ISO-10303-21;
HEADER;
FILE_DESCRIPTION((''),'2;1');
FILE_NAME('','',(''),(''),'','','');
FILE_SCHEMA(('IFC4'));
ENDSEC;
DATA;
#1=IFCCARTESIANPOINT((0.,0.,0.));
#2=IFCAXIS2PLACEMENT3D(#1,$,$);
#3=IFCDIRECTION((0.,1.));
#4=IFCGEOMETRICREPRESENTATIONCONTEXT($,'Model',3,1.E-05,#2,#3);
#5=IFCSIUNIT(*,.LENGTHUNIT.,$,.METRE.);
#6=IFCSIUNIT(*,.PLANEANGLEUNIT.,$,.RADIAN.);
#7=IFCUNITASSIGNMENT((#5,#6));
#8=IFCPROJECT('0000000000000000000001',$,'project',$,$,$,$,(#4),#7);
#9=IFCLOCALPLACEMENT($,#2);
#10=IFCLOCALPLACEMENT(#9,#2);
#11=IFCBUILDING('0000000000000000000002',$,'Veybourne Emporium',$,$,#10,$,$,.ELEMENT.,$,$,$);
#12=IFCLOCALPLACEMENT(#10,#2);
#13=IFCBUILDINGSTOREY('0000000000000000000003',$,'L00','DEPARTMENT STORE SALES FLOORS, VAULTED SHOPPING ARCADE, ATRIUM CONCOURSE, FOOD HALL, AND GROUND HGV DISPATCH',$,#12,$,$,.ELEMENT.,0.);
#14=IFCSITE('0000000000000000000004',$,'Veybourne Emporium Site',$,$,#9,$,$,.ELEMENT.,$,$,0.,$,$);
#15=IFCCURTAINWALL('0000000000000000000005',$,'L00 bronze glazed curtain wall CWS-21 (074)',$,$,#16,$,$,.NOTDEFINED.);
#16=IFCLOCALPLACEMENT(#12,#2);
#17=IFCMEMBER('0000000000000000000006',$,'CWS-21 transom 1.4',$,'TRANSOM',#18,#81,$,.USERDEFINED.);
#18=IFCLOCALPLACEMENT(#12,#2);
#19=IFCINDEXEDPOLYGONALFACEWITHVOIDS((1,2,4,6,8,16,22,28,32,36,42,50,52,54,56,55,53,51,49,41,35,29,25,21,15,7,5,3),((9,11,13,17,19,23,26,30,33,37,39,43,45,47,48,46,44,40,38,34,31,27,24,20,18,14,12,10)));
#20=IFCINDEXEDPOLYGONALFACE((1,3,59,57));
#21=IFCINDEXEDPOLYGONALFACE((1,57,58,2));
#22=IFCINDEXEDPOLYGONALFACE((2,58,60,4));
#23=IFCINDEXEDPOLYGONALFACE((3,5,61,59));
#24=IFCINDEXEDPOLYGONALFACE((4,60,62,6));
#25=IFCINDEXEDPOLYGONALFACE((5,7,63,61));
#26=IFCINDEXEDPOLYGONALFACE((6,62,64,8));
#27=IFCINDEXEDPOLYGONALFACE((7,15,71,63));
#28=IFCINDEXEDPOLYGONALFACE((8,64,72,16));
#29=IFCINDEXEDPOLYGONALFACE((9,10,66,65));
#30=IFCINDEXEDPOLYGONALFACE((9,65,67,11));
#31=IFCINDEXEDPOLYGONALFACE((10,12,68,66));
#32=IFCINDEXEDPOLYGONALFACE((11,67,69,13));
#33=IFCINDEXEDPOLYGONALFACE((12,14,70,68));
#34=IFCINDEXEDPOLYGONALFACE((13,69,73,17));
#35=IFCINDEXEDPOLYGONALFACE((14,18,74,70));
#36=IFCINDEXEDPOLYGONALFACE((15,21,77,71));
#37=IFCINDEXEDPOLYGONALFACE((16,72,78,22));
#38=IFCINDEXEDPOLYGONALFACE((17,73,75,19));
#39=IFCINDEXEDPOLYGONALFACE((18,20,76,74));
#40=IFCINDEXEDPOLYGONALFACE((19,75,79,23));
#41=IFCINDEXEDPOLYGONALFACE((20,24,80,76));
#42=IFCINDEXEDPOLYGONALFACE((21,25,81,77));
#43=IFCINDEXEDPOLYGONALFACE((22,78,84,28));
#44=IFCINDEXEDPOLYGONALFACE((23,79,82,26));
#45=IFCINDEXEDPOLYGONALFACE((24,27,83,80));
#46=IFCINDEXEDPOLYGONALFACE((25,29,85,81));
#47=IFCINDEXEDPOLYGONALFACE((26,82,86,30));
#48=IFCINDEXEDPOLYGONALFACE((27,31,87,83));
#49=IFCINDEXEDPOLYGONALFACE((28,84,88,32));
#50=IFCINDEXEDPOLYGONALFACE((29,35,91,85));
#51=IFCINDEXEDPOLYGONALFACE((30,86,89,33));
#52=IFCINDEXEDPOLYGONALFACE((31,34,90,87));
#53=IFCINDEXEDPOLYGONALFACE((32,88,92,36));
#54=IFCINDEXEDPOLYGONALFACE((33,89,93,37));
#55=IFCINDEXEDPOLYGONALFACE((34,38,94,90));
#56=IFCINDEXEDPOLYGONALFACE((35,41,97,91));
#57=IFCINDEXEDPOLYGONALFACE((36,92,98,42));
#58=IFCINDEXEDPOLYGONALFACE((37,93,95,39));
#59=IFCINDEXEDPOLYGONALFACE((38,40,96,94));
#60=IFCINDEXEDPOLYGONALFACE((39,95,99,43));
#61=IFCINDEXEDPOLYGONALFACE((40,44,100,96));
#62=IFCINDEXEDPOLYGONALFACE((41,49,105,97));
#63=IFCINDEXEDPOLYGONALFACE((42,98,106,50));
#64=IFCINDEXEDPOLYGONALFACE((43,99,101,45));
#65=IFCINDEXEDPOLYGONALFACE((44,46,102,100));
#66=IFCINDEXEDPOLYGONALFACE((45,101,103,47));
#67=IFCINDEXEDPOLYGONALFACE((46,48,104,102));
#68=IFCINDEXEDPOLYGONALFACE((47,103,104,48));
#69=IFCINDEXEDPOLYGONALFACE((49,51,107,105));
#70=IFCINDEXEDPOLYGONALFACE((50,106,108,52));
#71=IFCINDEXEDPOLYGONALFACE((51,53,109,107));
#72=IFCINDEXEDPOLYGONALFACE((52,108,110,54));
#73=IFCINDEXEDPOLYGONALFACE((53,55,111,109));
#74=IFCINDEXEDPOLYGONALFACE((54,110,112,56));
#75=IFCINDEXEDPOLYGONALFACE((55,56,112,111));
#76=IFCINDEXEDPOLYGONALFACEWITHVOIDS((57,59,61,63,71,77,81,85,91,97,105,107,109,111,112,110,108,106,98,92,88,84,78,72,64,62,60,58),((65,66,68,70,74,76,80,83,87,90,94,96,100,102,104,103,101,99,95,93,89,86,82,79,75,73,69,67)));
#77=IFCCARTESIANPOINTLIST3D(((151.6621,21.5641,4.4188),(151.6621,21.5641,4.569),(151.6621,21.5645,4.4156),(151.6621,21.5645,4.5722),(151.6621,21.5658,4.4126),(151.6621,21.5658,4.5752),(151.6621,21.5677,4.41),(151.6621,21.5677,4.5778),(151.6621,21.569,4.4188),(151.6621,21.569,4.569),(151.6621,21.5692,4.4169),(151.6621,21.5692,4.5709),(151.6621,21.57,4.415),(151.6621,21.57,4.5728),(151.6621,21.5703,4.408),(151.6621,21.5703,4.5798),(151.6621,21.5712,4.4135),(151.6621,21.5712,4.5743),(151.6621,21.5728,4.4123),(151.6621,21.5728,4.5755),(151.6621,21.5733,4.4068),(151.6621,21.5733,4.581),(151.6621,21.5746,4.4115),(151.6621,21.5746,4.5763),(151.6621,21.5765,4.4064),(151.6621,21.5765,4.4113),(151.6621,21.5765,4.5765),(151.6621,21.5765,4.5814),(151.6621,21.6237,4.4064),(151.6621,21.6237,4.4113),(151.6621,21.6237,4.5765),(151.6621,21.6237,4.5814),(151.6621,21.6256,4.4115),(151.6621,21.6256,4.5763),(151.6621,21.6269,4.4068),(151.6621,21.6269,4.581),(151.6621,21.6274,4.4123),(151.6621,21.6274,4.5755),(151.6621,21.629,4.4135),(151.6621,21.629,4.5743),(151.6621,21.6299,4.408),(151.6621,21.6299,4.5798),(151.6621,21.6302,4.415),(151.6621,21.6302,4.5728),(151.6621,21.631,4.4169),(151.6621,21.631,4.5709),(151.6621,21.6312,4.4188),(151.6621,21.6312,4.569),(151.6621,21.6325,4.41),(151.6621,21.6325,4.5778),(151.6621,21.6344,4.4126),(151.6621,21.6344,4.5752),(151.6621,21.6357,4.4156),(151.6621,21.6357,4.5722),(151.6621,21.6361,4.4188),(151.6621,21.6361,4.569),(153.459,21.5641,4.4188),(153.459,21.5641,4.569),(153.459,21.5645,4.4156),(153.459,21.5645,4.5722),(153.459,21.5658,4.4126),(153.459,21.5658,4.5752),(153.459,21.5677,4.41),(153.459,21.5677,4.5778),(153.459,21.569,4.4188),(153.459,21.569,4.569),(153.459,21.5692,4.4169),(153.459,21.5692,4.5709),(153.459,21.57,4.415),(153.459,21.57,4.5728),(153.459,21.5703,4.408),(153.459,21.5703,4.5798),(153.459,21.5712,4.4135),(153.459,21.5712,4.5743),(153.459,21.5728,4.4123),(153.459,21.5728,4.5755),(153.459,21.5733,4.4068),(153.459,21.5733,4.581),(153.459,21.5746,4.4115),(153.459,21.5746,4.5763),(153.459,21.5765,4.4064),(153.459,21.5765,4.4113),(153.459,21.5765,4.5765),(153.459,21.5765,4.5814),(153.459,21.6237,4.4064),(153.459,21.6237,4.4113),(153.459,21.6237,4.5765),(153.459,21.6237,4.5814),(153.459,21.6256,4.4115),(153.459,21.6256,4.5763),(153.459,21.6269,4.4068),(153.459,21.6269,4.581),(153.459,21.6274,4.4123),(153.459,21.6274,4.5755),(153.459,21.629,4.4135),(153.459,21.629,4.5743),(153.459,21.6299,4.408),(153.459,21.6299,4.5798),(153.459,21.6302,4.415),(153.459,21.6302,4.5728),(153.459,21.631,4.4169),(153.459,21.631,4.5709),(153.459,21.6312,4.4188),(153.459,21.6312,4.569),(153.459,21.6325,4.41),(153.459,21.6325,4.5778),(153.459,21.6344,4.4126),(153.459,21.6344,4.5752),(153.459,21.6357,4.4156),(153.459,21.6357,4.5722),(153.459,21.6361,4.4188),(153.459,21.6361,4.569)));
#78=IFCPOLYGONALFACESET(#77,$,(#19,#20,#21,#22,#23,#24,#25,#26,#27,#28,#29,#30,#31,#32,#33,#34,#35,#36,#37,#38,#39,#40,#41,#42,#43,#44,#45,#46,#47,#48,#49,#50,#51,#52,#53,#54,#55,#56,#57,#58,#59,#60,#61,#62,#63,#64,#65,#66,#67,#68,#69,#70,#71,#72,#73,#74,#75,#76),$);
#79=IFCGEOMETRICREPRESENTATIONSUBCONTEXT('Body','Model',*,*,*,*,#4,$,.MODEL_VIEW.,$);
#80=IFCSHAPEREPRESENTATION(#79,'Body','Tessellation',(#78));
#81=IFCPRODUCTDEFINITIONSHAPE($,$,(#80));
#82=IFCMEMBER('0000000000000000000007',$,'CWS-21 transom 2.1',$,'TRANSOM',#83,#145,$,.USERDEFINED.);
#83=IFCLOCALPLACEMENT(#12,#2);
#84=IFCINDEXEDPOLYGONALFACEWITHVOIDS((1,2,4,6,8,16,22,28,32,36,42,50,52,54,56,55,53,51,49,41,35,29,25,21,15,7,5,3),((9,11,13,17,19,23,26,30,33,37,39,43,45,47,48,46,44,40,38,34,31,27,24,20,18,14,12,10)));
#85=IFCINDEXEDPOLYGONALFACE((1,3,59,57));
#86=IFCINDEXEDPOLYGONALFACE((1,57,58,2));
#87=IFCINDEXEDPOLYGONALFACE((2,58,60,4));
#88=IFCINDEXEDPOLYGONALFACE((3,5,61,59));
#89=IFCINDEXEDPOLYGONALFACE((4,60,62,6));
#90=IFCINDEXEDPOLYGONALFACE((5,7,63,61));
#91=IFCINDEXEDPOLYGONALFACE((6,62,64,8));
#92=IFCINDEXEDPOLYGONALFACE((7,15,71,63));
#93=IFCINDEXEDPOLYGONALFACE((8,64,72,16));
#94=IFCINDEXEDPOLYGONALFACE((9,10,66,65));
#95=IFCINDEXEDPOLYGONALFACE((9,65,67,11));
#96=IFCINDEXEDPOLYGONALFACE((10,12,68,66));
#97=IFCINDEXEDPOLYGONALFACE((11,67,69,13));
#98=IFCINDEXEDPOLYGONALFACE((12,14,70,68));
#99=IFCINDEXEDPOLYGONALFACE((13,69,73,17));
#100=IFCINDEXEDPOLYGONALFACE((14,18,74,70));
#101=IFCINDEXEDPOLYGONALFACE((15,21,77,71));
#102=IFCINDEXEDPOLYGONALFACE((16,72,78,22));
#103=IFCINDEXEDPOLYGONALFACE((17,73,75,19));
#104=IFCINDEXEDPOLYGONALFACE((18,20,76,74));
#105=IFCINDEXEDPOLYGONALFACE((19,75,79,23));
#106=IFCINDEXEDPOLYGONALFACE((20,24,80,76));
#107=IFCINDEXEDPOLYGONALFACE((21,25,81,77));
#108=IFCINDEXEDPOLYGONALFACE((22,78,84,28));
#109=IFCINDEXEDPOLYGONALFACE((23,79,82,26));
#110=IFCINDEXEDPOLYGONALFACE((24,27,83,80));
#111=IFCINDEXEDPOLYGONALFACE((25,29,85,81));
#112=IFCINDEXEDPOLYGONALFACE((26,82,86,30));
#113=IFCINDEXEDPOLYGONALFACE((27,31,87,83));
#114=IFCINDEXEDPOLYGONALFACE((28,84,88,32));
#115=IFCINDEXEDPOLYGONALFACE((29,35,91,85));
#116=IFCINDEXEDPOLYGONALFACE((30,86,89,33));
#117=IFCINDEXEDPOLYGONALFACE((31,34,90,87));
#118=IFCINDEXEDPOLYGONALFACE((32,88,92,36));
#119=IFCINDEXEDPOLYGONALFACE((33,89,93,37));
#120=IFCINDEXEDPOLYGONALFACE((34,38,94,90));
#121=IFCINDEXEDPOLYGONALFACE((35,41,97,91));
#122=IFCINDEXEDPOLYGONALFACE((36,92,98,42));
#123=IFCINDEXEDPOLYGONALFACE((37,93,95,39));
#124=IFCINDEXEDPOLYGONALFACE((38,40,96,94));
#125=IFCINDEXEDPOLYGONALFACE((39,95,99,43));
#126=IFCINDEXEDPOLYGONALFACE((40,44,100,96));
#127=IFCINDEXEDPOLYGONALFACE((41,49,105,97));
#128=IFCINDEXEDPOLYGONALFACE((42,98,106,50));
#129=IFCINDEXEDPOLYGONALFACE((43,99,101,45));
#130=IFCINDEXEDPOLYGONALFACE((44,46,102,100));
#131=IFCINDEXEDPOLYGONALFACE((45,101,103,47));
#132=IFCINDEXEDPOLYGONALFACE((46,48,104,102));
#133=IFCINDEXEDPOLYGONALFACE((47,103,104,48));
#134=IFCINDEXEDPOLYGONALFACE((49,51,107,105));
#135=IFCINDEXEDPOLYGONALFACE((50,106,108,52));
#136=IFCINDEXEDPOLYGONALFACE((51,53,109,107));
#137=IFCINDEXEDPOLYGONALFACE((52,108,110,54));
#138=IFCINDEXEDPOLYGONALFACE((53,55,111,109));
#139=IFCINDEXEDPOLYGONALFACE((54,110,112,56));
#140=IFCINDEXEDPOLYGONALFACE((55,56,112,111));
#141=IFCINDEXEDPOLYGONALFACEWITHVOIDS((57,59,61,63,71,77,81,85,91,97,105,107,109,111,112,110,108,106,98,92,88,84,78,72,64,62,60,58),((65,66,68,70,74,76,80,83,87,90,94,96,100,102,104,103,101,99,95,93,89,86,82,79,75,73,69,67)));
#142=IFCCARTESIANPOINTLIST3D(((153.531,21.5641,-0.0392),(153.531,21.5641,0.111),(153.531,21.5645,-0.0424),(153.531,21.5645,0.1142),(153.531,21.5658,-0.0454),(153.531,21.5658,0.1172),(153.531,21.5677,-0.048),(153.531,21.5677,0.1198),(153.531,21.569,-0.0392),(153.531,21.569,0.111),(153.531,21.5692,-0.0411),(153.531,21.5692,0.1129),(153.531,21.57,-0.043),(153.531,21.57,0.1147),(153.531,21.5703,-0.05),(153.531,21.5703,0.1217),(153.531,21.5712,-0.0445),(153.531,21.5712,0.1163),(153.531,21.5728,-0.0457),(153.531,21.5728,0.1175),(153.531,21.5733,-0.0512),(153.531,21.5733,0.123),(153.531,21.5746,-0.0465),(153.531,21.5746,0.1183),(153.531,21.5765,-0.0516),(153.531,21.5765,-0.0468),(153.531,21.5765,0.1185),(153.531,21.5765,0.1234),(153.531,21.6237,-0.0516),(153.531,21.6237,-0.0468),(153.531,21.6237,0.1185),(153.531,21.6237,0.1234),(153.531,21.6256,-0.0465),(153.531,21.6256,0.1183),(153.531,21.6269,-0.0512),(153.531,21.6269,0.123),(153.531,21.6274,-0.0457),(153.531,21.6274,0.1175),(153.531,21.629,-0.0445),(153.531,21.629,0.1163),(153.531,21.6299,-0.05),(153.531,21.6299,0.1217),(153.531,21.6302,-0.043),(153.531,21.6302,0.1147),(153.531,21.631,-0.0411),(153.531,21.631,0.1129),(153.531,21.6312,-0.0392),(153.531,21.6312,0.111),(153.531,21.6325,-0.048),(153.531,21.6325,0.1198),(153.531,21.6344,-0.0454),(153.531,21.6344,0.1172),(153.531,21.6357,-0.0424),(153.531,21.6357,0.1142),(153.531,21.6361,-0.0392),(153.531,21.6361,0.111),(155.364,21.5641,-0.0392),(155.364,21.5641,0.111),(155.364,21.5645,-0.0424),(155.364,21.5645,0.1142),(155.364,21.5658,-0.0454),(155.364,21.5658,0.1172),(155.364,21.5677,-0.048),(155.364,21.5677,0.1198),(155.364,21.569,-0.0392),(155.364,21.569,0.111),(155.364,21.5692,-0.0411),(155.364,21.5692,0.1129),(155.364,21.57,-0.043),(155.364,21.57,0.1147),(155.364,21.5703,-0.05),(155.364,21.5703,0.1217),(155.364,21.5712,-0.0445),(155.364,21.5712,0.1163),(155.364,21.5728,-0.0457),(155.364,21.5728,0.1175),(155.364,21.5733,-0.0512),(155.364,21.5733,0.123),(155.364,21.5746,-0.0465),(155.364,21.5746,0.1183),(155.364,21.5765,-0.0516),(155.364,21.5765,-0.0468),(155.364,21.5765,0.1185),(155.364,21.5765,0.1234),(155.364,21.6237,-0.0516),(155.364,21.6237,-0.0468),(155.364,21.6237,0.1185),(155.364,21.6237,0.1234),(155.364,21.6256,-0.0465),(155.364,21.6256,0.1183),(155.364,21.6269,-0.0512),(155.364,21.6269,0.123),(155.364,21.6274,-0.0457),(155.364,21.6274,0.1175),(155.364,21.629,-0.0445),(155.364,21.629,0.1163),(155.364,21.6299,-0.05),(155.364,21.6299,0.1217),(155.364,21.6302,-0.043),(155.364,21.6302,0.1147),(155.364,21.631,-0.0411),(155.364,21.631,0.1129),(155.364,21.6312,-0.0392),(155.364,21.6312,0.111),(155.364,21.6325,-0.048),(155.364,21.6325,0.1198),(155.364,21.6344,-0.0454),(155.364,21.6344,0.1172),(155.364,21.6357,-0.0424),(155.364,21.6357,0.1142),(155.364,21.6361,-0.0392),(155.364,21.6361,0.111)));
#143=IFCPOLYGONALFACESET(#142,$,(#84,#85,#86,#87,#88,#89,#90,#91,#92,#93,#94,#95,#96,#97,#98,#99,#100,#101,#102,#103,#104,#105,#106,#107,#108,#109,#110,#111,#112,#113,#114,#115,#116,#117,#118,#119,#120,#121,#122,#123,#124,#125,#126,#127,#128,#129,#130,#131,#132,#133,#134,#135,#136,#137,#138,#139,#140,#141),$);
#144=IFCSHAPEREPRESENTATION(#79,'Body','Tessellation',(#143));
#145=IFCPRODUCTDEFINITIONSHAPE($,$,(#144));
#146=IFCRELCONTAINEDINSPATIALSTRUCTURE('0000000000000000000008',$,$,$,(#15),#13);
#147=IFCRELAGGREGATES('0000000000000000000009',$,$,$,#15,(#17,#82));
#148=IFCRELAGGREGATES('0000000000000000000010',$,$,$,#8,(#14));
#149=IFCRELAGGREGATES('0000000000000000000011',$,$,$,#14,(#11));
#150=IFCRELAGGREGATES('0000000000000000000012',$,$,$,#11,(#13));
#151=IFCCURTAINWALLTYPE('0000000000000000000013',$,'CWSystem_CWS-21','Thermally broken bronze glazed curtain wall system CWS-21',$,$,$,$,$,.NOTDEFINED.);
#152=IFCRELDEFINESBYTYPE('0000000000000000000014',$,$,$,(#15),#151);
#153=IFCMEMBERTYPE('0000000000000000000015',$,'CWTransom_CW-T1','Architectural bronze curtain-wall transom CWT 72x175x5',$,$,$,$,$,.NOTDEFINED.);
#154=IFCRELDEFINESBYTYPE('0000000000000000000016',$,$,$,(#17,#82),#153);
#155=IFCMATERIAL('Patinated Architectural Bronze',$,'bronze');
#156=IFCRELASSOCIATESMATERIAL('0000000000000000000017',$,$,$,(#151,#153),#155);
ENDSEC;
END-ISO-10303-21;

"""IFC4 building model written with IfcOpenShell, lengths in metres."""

from ifc_helpers import new_model, si_unit, direction, frame, origin, origin_2d, place, context, subcontext, project, spatial, hollow_rectangle, extrude, material, material_profile, profile_set, type_object, element, aggregate, save


model = new_model("IFC4")

# Units and contexts
model_context = context("Model", 3, precision=1e-05, world=origin(), true_north=direction((0.0, 1.0)))
body_context = subcontext(model_context, "Body", "Model", "MODEL_VIEW")
ifc_project = project(units=[si_unit("LENGTHUNIT", "METRE"), si_unit("PLANEANGLEUNIT", "RADIAN")], contexts=[model_context])

# Site, building, storey
site_placement = place(None, origin())
site = spatial("IfcSite", under=ifc_project, at=site_placement, Name="Veybourne Emporium Site", CompositionType="ELEMENT", RefElevation=0.0)
building_placement = place(site_placement, origin())
building = spatial("IfcBuilding", under=site, at=building_placement, Name="Veybourne Emporium", CompositionType="ELEMENT")
storey_placement = place(building_placement, origin())
storey = spatial("IfcBuildingStorey", under=building, at=storey_placement, Name="L00", Description="DEPARTMENT STORE SALES FLOORS, VAULTED SHOPPING ARCADE, ATRIUM CONCOURSE, FOOD HALL, AND GROUND HGV DISPATCH", CompositionType="ELEMENT", Elevation=0.0)

# Curtain wall
ifc_material_1 = material(Name="Patinated Architectural Bronze", Category="bronze")
curtain_wall_type_1 = type_object("IfcCurtainWallType", Name="CWSystem_CWS-21", Description="Thermally broken bronze glazed curtain wall system CWS-21", PredefinedType="NOTDEFINED", material=ifc_material_1)
curtain_wall_1_placement = place(storey_placement, origin())
curtain_wall_1 = element("IfcCurtainWall", 1, at=curtain_wall_1_placement, inside=storey, type_object=curtain_wall_type_1, Name="L00 bronze glazed curtain wall CWS-21 (074)", PredefinedType="NOTDEFINED")

# Members
ifc_material_profile_1 = material_profile(ifc_material_1, hollow_rectangle(XDim=0.072, YDim=0.175, WallThickness=0.0049, InnerFilletRadius=0.0076, OuterFilletRadius=0.0125, at=origin_2d()), Name="CWT 72x175x5")
ifc_profile_set_1 = profile_set([ifc_material_profile_1], Name="Patinated Architectural Bronze")
member_type_1 = type_object("IfcMemberType", Name="CWTransom_CW-T1", Description="Architectural bronze curtain-wall transom CWT 72x175x5", PredefinedType="NOTDEFINED", material=ifc_profile_set_1)
member_1_placement = place(storey_placement, frame((151.6621, 21.6001, 4.4939), z_axis=(1.0, 0.0, 0.0), x_axis=(0.0, 1.0, 0.0)))
member_1 = element("IfcMember", 2, at=member_1_placement, type_object=member_type_1, Name="CWS-21 transom 1.4", ObjectType="TRANSOM", PredefinedType="USERDEFINED", context=body_context, shape_type="SweptSolid", body=[
    extrude(hollow_rectangle(XDim=0.072, YDim=0.175, WallThickness=0.0049, InnerFilletRadius=0.0076, OuterFilletRadius=0.0125, at=origin_2d()), origin(), (0.0, 0.0, 1.0), 1.7969),
])
member_2_placement = place(storey_placement, frame((153.531, 21.6001, 0.0359), z_axis=(1.0, 0.0, 0.0), x_axis=(0.0, 1.0, 0.0)))
member_2 = element("IfcMember", 3, at=member_2_placement, type_object=member_type_1, Name="CWS-21 transom 2.1", ObjectType="TRANSOM", PredefinedType="USERDEFINED", context=body_context, shape_type="SweptSolid", body=[
    extrude(hollow_rectangle(XDim=0.072, YDim=0.175, WallThickness=0.0049, InnerFilletRadius=0.0076, OuterFilletRadius=0.0125, at=origin_2d()), origin(), (0.0, 0.0, 1.0), 1.833),
])

aggregate(curtain_wall_1, [member_1, member_2])

save(model, "model.ifc")
